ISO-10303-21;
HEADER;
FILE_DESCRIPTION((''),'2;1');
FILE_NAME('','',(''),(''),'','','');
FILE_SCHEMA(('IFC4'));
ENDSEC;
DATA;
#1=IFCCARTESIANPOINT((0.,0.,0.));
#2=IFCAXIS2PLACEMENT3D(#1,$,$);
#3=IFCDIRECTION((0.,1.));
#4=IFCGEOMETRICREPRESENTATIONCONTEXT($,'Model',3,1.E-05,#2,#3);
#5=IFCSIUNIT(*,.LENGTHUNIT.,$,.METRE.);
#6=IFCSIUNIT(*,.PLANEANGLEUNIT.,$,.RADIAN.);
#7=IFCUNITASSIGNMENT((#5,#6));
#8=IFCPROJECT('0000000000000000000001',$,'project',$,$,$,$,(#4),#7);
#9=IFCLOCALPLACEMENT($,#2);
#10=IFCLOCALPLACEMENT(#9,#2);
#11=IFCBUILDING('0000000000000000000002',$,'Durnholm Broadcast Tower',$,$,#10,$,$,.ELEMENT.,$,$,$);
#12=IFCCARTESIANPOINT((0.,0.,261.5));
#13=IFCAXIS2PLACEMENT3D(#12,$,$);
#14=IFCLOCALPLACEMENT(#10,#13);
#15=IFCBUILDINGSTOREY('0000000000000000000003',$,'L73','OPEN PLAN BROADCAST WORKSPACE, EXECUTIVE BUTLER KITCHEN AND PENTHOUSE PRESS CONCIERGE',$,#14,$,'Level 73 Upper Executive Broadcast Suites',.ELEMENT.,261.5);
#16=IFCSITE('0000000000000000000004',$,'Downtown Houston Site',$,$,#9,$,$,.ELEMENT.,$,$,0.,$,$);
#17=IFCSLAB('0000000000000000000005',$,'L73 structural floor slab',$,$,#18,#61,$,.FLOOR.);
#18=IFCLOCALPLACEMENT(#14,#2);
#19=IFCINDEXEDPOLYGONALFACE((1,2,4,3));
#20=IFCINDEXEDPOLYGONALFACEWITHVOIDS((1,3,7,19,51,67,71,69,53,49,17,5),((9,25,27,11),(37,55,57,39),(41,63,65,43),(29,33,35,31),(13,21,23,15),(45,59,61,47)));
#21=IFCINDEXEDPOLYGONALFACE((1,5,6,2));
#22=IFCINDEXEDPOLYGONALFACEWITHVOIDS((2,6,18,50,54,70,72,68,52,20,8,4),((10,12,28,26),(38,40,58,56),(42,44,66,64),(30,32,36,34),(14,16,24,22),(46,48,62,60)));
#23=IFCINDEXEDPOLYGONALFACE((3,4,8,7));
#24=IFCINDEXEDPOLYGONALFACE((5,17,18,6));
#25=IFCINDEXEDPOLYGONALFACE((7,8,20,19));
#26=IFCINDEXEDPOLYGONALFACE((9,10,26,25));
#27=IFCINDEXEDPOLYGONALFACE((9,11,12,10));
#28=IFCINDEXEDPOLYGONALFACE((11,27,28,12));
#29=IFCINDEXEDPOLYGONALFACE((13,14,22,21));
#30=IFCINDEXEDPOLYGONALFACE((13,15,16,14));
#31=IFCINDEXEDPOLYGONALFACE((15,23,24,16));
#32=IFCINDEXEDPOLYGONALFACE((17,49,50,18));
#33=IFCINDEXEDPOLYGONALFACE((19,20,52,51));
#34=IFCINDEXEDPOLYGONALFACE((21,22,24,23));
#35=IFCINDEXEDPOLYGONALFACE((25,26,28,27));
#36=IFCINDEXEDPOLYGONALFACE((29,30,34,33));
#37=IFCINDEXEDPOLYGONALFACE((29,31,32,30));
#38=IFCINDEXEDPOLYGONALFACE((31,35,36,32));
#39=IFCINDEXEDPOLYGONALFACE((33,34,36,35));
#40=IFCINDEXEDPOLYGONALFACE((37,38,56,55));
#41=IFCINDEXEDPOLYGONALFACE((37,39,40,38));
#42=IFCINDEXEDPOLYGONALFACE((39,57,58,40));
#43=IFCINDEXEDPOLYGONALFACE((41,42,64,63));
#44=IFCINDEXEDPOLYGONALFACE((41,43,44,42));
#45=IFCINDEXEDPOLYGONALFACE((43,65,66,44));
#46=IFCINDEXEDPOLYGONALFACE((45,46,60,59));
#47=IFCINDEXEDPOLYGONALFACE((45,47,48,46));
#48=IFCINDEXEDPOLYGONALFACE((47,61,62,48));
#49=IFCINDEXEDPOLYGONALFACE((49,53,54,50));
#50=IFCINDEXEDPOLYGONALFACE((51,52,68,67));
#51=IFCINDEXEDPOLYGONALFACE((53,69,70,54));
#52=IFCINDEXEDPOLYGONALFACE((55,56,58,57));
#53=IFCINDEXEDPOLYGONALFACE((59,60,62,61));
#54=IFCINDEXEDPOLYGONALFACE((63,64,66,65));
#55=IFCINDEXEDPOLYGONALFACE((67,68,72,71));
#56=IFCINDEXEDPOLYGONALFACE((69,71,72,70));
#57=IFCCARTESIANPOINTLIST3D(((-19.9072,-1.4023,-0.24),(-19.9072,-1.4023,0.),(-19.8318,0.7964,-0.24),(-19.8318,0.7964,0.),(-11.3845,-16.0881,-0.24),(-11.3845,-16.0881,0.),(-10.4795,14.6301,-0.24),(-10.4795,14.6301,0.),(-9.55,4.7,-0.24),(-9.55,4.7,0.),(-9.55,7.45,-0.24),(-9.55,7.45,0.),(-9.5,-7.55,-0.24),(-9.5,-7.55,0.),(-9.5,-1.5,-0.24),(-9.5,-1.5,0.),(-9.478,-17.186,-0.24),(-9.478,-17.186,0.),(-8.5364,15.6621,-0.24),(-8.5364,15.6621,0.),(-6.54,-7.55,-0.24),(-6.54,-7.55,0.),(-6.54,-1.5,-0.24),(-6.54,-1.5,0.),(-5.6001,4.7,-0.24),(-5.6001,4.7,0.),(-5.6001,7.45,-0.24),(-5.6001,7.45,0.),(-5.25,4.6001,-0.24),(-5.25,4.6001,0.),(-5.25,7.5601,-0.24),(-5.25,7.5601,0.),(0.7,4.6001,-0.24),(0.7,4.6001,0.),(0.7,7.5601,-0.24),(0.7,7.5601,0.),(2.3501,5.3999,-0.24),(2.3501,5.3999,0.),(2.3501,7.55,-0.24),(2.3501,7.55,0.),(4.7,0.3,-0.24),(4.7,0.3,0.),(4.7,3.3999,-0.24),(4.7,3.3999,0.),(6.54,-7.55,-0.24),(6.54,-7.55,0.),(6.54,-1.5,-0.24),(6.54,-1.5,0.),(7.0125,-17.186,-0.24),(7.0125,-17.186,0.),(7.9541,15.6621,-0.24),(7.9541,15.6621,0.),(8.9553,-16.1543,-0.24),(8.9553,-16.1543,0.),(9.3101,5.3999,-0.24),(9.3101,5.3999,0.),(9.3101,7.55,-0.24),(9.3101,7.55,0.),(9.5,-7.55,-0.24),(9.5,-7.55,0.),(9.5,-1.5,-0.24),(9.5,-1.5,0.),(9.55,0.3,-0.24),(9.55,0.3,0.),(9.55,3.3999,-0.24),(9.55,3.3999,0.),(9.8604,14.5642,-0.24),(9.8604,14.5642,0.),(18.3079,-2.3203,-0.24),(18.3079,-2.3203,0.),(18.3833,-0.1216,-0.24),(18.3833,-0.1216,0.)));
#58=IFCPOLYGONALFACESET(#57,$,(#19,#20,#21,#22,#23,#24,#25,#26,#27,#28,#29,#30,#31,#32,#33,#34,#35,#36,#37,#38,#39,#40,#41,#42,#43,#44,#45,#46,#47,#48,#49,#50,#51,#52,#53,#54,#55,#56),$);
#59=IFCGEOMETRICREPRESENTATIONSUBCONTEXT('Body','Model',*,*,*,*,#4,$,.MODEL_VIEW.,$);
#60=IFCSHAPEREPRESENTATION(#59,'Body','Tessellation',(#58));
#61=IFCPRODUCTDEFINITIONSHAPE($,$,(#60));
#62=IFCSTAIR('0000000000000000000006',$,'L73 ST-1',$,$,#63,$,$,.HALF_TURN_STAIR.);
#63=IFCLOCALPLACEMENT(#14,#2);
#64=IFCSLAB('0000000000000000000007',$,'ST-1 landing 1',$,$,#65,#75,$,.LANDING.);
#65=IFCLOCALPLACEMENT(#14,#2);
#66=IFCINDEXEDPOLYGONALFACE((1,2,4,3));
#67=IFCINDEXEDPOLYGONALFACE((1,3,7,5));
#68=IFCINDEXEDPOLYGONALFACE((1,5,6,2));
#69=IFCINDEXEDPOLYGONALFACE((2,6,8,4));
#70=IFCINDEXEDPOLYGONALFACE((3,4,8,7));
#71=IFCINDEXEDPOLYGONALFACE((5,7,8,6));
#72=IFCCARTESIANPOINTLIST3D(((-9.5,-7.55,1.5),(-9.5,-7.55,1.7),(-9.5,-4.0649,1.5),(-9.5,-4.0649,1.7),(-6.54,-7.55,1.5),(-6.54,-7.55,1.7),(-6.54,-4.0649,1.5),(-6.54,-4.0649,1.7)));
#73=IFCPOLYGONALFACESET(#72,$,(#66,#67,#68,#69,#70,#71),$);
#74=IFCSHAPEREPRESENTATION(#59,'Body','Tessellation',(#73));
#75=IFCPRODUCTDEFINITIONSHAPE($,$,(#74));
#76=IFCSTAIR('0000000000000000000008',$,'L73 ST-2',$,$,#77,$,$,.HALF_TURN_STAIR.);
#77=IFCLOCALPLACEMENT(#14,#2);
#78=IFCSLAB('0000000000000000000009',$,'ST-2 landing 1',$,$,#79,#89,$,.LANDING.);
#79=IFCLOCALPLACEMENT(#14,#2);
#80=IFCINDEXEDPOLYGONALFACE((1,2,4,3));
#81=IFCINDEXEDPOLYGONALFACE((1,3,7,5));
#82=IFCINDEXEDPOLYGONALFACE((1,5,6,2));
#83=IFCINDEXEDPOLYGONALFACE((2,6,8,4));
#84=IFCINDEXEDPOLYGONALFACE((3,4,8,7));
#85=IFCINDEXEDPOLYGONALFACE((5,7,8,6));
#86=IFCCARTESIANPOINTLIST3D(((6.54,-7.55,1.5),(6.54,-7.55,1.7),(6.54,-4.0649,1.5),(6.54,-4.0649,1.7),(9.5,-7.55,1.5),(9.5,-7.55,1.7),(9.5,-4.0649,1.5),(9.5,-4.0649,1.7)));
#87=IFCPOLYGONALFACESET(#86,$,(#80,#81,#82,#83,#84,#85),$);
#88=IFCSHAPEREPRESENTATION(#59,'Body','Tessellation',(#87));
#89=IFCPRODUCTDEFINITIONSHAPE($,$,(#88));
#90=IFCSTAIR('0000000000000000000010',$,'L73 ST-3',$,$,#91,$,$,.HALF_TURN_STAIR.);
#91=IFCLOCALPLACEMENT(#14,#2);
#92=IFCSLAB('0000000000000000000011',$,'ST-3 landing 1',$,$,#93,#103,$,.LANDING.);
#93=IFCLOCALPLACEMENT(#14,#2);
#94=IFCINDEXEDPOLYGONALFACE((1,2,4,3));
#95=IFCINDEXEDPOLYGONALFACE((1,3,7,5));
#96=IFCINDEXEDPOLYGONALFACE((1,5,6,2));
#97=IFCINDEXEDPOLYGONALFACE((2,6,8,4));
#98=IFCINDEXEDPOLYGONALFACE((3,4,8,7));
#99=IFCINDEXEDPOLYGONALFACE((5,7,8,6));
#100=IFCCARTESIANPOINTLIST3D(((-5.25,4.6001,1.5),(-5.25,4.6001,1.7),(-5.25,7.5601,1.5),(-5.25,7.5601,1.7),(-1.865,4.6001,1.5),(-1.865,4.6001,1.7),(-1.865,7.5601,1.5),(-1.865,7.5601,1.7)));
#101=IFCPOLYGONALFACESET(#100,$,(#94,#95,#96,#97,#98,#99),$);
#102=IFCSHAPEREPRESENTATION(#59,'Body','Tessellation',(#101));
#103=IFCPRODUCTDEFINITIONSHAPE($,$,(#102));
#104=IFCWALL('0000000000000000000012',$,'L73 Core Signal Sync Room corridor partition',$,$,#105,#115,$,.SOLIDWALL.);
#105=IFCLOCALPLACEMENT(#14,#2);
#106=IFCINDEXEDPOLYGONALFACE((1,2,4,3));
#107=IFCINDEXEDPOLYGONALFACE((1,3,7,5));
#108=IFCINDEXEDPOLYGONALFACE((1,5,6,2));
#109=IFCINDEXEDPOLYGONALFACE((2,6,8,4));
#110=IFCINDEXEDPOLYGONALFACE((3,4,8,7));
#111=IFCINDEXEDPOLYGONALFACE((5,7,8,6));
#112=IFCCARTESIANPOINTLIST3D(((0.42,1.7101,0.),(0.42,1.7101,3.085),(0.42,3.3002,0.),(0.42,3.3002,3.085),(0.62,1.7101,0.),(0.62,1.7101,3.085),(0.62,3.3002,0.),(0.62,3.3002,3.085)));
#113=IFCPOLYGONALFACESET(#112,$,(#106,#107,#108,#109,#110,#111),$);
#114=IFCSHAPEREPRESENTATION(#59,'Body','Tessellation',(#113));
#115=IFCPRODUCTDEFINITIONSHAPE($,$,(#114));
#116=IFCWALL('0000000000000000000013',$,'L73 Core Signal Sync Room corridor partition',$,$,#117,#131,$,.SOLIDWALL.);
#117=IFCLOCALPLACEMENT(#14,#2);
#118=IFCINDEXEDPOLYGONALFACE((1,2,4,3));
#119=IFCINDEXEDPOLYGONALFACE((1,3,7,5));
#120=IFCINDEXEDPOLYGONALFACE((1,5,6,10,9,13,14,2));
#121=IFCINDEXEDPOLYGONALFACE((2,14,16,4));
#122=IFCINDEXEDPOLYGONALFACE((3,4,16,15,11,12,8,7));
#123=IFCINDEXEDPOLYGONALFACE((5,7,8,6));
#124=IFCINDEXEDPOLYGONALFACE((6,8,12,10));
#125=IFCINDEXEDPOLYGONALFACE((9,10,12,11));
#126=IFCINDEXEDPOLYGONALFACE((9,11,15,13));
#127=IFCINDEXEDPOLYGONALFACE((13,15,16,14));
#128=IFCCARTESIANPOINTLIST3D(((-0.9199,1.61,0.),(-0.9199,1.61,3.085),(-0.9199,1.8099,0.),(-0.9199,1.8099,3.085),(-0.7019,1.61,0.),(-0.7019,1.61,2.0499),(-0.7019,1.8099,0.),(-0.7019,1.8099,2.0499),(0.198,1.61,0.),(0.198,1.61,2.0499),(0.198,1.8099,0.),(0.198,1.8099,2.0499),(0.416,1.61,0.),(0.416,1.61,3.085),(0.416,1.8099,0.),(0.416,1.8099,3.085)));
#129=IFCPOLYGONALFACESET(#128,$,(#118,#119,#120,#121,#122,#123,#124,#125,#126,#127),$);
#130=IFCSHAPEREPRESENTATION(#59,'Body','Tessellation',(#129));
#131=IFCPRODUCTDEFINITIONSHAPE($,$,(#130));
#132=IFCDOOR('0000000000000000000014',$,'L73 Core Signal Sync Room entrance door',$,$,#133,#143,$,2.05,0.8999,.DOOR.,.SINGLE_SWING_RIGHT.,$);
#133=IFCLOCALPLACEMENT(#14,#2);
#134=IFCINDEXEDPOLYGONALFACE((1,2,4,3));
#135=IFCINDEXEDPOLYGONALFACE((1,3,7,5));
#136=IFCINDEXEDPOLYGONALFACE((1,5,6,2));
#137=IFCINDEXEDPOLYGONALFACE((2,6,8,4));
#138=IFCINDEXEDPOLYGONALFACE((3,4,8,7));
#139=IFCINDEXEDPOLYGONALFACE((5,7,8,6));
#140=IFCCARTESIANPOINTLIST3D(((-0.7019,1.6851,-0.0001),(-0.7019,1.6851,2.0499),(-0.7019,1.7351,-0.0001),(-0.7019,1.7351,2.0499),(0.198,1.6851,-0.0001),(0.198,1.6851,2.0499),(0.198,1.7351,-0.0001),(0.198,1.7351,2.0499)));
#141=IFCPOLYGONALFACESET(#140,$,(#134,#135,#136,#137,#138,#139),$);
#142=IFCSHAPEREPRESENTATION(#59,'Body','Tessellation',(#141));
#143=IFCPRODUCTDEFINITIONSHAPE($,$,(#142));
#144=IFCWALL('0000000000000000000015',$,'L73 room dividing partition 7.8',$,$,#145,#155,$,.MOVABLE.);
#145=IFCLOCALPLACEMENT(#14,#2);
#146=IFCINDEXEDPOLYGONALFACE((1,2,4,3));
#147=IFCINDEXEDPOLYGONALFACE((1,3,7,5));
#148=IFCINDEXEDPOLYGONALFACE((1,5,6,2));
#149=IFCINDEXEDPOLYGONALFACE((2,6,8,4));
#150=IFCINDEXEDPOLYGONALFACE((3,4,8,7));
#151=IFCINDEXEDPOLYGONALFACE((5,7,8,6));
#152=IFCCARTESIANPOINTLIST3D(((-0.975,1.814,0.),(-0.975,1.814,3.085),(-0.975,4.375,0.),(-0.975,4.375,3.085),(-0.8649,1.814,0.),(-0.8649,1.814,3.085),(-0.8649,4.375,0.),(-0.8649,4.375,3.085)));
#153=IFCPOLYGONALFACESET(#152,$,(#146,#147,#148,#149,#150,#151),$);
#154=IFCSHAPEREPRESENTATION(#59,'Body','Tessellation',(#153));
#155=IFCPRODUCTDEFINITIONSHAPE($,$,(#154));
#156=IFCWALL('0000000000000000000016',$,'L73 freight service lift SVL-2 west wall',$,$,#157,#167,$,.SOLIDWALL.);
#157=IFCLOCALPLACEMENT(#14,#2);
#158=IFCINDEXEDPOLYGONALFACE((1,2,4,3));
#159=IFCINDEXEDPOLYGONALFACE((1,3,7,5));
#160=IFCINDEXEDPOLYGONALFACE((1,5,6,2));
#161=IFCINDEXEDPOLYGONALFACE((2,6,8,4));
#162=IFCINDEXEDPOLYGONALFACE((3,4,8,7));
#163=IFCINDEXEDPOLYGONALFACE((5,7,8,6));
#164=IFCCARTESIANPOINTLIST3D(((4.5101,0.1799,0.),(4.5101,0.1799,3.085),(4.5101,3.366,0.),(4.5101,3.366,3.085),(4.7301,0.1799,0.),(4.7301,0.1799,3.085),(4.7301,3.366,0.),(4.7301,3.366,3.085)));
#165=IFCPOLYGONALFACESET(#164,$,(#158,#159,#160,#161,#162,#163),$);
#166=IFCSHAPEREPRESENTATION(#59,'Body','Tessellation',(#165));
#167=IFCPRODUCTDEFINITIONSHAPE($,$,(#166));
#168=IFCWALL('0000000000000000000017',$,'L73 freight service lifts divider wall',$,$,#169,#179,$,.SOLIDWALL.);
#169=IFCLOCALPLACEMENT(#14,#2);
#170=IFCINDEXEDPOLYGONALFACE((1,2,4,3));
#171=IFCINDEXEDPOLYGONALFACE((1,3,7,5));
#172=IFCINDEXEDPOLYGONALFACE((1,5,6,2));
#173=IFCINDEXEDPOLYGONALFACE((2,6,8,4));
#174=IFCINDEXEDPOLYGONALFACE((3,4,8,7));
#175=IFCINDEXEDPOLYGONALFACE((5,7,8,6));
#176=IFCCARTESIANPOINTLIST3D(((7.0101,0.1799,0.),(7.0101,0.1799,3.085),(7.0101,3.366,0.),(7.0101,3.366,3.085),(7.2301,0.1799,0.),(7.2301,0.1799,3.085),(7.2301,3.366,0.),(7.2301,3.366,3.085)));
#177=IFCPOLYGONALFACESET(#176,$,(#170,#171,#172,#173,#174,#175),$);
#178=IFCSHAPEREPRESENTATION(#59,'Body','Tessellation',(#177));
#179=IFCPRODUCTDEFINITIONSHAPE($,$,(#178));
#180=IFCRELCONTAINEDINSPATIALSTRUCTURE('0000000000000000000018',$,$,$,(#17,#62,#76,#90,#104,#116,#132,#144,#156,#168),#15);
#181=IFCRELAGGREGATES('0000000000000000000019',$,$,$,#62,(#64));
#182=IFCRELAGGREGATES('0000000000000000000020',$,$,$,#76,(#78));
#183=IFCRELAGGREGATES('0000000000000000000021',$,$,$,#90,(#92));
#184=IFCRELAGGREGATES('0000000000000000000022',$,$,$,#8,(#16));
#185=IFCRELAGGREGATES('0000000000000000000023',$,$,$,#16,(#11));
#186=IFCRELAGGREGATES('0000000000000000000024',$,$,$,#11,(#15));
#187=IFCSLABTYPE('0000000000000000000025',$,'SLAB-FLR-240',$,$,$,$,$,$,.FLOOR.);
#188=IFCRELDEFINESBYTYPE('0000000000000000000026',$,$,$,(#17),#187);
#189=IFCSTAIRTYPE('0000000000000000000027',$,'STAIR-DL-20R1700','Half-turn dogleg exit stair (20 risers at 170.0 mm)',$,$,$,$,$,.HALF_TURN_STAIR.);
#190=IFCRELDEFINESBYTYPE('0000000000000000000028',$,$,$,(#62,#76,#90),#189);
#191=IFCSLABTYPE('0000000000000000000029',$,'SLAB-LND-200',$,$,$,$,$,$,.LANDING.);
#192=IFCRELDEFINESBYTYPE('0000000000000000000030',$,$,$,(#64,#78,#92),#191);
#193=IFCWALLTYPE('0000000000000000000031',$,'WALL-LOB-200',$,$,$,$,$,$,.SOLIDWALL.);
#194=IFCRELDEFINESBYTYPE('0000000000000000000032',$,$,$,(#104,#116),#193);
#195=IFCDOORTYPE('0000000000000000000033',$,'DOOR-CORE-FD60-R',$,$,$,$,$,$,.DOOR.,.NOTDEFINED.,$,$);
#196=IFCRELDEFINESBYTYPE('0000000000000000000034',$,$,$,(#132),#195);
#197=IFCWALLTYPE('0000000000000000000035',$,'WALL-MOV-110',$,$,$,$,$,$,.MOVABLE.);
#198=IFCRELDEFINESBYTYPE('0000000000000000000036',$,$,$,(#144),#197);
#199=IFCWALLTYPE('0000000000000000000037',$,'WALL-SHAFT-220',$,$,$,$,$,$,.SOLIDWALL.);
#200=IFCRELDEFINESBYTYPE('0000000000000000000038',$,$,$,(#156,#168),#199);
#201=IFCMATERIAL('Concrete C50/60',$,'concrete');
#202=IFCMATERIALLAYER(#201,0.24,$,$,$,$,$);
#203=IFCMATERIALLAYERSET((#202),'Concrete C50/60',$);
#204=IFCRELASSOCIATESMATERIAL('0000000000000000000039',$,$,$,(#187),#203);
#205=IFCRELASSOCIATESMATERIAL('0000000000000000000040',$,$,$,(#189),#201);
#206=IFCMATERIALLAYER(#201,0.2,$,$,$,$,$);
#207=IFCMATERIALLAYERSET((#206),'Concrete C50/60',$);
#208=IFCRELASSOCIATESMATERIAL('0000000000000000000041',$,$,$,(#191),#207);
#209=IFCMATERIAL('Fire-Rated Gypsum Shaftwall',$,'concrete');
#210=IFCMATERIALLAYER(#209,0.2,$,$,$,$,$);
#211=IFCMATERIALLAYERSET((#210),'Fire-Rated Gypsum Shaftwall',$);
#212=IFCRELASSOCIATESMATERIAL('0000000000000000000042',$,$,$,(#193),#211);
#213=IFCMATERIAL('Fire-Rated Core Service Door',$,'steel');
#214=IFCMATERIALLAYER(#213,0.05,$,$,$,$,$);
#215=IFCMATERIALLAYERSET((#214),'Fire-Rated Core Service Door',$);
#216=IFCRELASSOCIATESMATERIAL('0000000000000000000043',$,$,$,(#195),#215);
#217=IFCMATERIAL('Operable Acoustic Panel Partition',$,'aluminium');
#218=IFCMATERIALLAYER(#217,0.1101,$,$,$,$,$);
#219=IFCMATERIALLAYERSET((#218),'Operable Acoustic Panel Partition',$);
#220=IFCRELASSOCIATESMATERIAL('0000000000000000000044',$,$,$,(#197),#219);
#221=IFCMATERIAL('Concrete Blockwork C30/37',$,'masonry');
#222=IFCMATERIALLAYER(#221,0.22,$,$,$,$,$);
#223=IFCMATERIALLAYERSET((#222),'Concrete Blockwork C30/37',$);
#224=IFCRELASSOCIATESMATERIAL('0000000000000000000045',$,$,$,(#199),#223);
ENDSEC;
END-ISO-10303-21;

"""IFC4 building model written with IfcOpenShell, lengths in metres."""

from ifc_helpers import new_model, si_unit, direction, frame, frame_2d, origin, place, context, subcontext, project, spatial, polyline, rectangle, outline, extrude, source, transform, mapped, material, layer, layer_set, type_object, type_shapes, element, fill, aggregate, save


model = new_model("IFC4")

# Units and contexts
model_context = context("Model", 3, precision=1e-05, world=origin(), true_north=direction((0.0, 1.0)))
body_context = subcontext(model_context, "Body", "Model", "MODEL_VIEW")
ifc_project = project(units=[si_unit("LENGTHUNIT", "METRE"), si_unit("PLANEANGLEUNIT", "RADIAN")], contexts=[model_context])

# Site, building, storey
site_placement = place(None, origin())
site = spatial("IfcSite", under=ifc_project, at=site_placement, Name="Downtown Houston Site", CompositionType="ELEMENT", RefElevation=0.0)
building_placement = place(site_placement, origin())
building = spatial("IfcBuilding", under=site, at=building_placement, Name="Durnholm Broadcast Tower", CompositionType="ELEMENT")
storey_placement = place(building_placement, frame((0.0, 0.0, 261.5)))
storey = spatial("IfcBuildingStorey", under=building, at=storey_placement, Name="L73", Description="OPEN PLAN BROADCAST WORKSPACE, EXECUTIVE BUTLER KITCHEN AND PENTHOUSE PRESS CONCIERGE", LongName="Level 73 Upper Executive Broadcast Suites", CompositionType="ELEMENT", Elevation=261.5)

# Slab
ifc_material_1 = material(Name="Concrete C50/60", Category="concrete")
ifc_layer_1 = layer(ifc_material_1, 0.24)
ifc_layer_set_1 = layer_set([ifc_layer_1], Name="Concrete C50/60")
slab_type_1 = type_object("IfcSlabType", Name="SLAB-FLR-240", PredefinedType="FLOOR", material=ifc_layer_set_1)
slab_1_placement = place(storey_placement, frame((0.0, 0.0, -0.24)))
element("IfcSlab", 1, at=slab_1_placement, inside=storey, type_object=slab_type_1, Name="L73 structural floor slab", PredefinedType="FLOOR", context=body_context, shape_type="SweptSolid", body=[
    extrude(outline(polyline([(-11.3845, -16.0881), (-9.478, -17.186), (7.0125, -17.186), (8.9553, -16.1543), (18.3079, -2.3203), (18.3833, -0.1216), (9.8604, 14.5642), (7.9541, 15.6621), (-8.5364, 15.6621), (-10.4795, 14.6301), (-19.8318, 0.7964), (-19.9072, -1.4023), (-11.3845, -16.0881)]), holes=[polyline([(-6.54, -1.5), (-9.5, -1.5), (-9.5, -7.55), (-6.54, -7.55), (-6.54, -1.5)]), polyline([(9.5, -7.55), (9.5, -1.5), (6.54, -1.5), (6.54, -7.55), (9.5, -7.55)]), polyline([(9.55, 3.3999), (4.7, 3.3999), (4.7, 0.3), (9.55, 0.3), (9.55, 3.3999)]), polyline([(-9.55, 7.45), (-9.55, 4.7), (-5.6001, 4.7), (-5.6001, 7.45), (-9.55, 7.45)]), polyline([(-5.25, 4.6001), (0.7, 4.6001), (0.7, 7.5601), (-5.25, 7.5601), (-5.25, 4.6001)]), polyline([(9.3101, 7.55), (2.3501, 7.55), (2.3501, 5.3999), (9.3101, 5.3999), (9.3101, 7.55)])]), origin(), (0.0, 0.0, 1.0), 0.24),
])

# Stairs, slabs
stair_type = type_object("IfcStairType", Name="STAIR-DL-20R1700", Description="Half-turn dogleg exit stair (20 risers at 170.0 mm)", PredefinedType="HALF_TURN_STAIR", material=ifc_material_1)
stair_1_placement = place(storey_placement, origin())
stair_1 = element("IfcStair", 2, at=stair_1_placement, inside=storey, type_object=stair_type, Name="L73 ST-1", PredefinedType="HALF_TURN_STAIR")
ifc_layer_2 = layer(ifc_material_1, 0.2)
ifc_layer_set_2 = layer_set([ifc_layer_2], Name="Concrete C50/60")
slab_type_2 = type_object("IfcSlabType", Name="SLAB-LND-200", PredefinedType="LANDING", material=ifc_layer_set_2)
slab_2_placement = place(storey_placement, frame((0.0, 0.0, 1.5)))
slab_2 = element("IfcSlab", 3, at=slab_2_placement, type_object=slab_type_2, Name="ST-1 landing 1", PredefinedType="LANDING", context=body_context, shape_type="SweptSolid", body=[
    extrude(outline(polyline([(-9.5, -4.0649), (-9.5, -7.55), (-6.54, -7.55), (-6.54, -4.0649), (-9.5, -4.0649)])), origin(), (0.0, 0.0, 1.0), 0.2),
])
aggregate(stair_1, [slab_2])
stair_2_placement = place(storey_placement, origin())
stair_2 = element("IfcStair", 4, at=stair_2_placement, inside=storey, type_object=stair_type, Name="L73 ST-2", PredefinedType="HALF_TURN_STAIR")
slab_3_placement = place(storey_placement, frame((0.0, 0.0, 1.5)))
slab_3 = element("IfcSlab", 5, at=slab_3_placement, type_object=slab_type_2, Name="ST-2 landing 1", PredefinedType="LANDING", context=body_context, shape_type="SweptSolid", body=[
    extrude(outline(polyline([(6.54, -4.0649), (6.54, -7.55), (9.5, -7.55), (9.5, -4.0649), (6.54, -4.0649)])), origin(), (0.0, 0.0, 1.0), 0.2),
])
aggregate(stair_2, [slab_3])
stair_3_placement = place(storey_placement, origin())
stair_3 = element("IfcStair", 6, at=stair_3_placement, inside=storey, type_object=stair_type, Name="L73 ST-3", PredefinedType="HALF_TURN_STAIR")
slab_4_placement = place(storey_placement, frame((0.0, 0.0, 1.5)))
slab_4 = element("IfcSlab", 7, at=slab_4_placement, type_object=slab_type_2, Name="ST-3 landing 1", PredefinedType="LANDING", context=body_context, shape_type="SweptSolid", body=[
    extrude(outline(polyline([(-1.865, 7.5601), (-5.25, 7.5601), (-5.25, 4.6001), (-1.865, 4.6001), (-1.865, 7.5601)])), origin(), (0.0, 0.0, 1.0), 0.2),
])
aggregate(stair_3, [slab_4])

# Wall
ifc_material_2 = material(Name="Fire-Rated Gypsum Shaftwall", Category="concrete")
ifc_layer_3 = layer(ifc_material_2, 0.2)
ifc_layer_set_3 = layer_set([ifc_layer_3], Name="Fire-Rated Gypsum Shaftwall")
wall_type_1 = type_object("IfcWallType", Name="WALL-LOB-200", PredefinedType="SOLIDWALL", material=ifc_layer_set_3)
wall_1_placement = place(storey_placement, frame((0.52, 3.3, 0.0), z_axis=(0.0, 0.0, 1.0), x_axis=(0.0, -1.0, 0.0)))
element("IfcWall", 8, at=wall_1_placement, inside=storey, type_object=wall_type_1, Name="L73 Core Signal Sync Room corridor partition", PredefinedType="SOLIDWALL", context=body_context, shape_type="SweptSolid", body=[
    extrude(rectangle(XDim=1.5901, YDim=0.2, at=frame_2d((0.7949, 0.0))), origin(), (0.0, 0.0, 1.0), 3.085),
])

# Wall, opening, door
wall_2_placement = place(storey_placement, frame((0.416, 1.71, 0.0), z_axis=(0.0, 0.0, 1.0), x_axis=(-1.0, 0.0, 0.0)))
wall_2 = element("IfcWall", 9, at=wall_2_placement, inside=storey, type_object=wall_type_1, Name="L73 Core Signal Sync Room corridor partition", PredefinedType="SOLIDWALL", context=body_context, shape_type="SweptSolid", body=[
    extrude(rectangle(XDim=1.3359, YDim=0.2, at=frame_2d((0.668, 0.0))), origin(), (0.0, 0.0, 1.0), 3.085),
])
opening_1_placement = place(wall_2_placement, frame((0.218, 0.0, 0.0)))
opening_1 = element("IfcOpeningElement", 10, at=opening_1_placement, cuts=wall_2, PredefinedType="OPENING", context=body_context, shape_type="SweptSolid", body=[
    extrude(rectangle(XDim=0.8999, YDim=2.05, at=frame_2d((0.45, 1.0249))), frame((0.0, 0.1099, 0.0), z_axis=(0.0, -1.0, 0.0), x_axis=(1.0, 0.0, 0.0)), (0.0, 0.0, 1.0), 0.22),
])
ifc_material_3 = material(Name="Fire-Rated Core Service Door", Category="steel")
ifc_layer_4 = layer(ifc_material_3, 0.05)
ifc_layer_set_4 = layer_set([ifc_layer_4], Name="Fire-Rated Core Service Door")
door_type_1 = type_object("IfcDoorType", Name="DOOR-CORE-FD60-R", OperationType="NOTDEFINED", PredefinedType="DOOR", material=ifc_layer_set_4)
shared_shape_1 = source(origin(), body_context, "Body", "SweptSolid", [
    extrude(rectangle(XDim=0.8999, YDim=2.05, at=frame_2d((0.45, 1.0249))), frame((0.0, 0.0249, 0.0), z_axis=(0.0, -1.0, 0.0), x_axis=(1.0, 0.0, 0.0)), (0.0, 0.0, 1.0), 0.05),
])
type_shapes(door_type_1, [shared_shape_1])
door_1_placement = place(opening_1_placement, origin())
door_1 = element("IfcDoor", 11, at=door_1_placement, inside=storey, type_object=door_type_1, Name="L73 Core Signal Sync Room entrance door", OperationType="SINGLE_SWING_RIGHT", OverallHeight=2.05, OverallWidth=0.8999, PredefinedType="DOOR", context=body_context, shape_type="MappedRepresentation", body=[
    mapped(shared_shape_1, transform((0.0, 0.0, 0.0), x_axis=(1.0, 0.0, 0.0), y_axis=(0.0, 1.0, 0.0), z_axis=(0.0, 0.0, 1.0), scale=1.0)),
])
fill(opening_1, door_1)

# Wall
ifc_material_4 = material(Name="Operable Acoustic Panel Partition", Category="aluminium")
ifc_layer_5 = layer(ifc_material_4, 0.1101)
ifc_layer_set_5 = layer_set([ifc_layer_5], Name="Operable Acoustic Panel Partition")
wall_type_2 = type_object("IfcWallType", Name="WALL-MOV-110", PredefinedType="MOVABLE", material=ifc_layer_set_5)
wall_3_placement = place(storey_placement, frame((-0.9199, 4.375, 0.0), z_axis=(0.0, 0.0, 1.0), x_axis=(0.0, -1.0, 0.0)))
element("IfcWall", 12, at=wall_3_placement, inside=storey, type_object=wall_type_2, Name="L73 room dividing partition 7.8", PredefinedType="MOVABLE", context=body_context, shape_type="SweptSolid", body=[
    extrude(rectangle(XDim=2.561, YDim=0.1101, at=frame_2d((1.2805, 0.0))), origin(), (0.0, 0.0, 1.0), 3.085),
])

# Shared definitions
ifc_material_5 = material(Name="Concrete Blockwork C30/37", Category="masonry")
ifc_layer_6 = layer(ifc_material_5, 0.22)
ifc_layer_set_6 = layer_set([ifc_layer_6], Name="Concrete Blockwork C30/37")
wall_type_3 = type_object("IfcWallType", Name="WALL-SHAFT-220", PredefinedType="SOLIDWALL", material=ifc_layer_set_6)

# Walls
for number, where, z_axis, x_axis, name in (
    (13, (4.6201, 0.1799, 0.0), (0.0, 0.0, 1.0), (0.0, 1.0, 0.0), "L73 freight service lift SVL-2 west wall"),
    (14, (7.1201, 0.1799, 0.0), (0.0, 0.0, 1.0), (0.0, 1.0, 0.0), "L73 freight service lifts divider wall"),
):
    element("IfcWall", number, at=place(storey_placement, frame(where, z_axis=z_axis, x_axis=x_axis)), inside=storey, type_object=wall_type_3, Name=name, PredefinedType="SOLIDWALL", context=body_context, shape_type="SweptSolid", body=[
        extrude(rectangle(XDim=3.186, YDim=0.22, at=frame_2d((1.593, 0.0))), origin(), (0.0, 0.0, 1.0), 3.085),
    ])

save(model, "model.ifc")
